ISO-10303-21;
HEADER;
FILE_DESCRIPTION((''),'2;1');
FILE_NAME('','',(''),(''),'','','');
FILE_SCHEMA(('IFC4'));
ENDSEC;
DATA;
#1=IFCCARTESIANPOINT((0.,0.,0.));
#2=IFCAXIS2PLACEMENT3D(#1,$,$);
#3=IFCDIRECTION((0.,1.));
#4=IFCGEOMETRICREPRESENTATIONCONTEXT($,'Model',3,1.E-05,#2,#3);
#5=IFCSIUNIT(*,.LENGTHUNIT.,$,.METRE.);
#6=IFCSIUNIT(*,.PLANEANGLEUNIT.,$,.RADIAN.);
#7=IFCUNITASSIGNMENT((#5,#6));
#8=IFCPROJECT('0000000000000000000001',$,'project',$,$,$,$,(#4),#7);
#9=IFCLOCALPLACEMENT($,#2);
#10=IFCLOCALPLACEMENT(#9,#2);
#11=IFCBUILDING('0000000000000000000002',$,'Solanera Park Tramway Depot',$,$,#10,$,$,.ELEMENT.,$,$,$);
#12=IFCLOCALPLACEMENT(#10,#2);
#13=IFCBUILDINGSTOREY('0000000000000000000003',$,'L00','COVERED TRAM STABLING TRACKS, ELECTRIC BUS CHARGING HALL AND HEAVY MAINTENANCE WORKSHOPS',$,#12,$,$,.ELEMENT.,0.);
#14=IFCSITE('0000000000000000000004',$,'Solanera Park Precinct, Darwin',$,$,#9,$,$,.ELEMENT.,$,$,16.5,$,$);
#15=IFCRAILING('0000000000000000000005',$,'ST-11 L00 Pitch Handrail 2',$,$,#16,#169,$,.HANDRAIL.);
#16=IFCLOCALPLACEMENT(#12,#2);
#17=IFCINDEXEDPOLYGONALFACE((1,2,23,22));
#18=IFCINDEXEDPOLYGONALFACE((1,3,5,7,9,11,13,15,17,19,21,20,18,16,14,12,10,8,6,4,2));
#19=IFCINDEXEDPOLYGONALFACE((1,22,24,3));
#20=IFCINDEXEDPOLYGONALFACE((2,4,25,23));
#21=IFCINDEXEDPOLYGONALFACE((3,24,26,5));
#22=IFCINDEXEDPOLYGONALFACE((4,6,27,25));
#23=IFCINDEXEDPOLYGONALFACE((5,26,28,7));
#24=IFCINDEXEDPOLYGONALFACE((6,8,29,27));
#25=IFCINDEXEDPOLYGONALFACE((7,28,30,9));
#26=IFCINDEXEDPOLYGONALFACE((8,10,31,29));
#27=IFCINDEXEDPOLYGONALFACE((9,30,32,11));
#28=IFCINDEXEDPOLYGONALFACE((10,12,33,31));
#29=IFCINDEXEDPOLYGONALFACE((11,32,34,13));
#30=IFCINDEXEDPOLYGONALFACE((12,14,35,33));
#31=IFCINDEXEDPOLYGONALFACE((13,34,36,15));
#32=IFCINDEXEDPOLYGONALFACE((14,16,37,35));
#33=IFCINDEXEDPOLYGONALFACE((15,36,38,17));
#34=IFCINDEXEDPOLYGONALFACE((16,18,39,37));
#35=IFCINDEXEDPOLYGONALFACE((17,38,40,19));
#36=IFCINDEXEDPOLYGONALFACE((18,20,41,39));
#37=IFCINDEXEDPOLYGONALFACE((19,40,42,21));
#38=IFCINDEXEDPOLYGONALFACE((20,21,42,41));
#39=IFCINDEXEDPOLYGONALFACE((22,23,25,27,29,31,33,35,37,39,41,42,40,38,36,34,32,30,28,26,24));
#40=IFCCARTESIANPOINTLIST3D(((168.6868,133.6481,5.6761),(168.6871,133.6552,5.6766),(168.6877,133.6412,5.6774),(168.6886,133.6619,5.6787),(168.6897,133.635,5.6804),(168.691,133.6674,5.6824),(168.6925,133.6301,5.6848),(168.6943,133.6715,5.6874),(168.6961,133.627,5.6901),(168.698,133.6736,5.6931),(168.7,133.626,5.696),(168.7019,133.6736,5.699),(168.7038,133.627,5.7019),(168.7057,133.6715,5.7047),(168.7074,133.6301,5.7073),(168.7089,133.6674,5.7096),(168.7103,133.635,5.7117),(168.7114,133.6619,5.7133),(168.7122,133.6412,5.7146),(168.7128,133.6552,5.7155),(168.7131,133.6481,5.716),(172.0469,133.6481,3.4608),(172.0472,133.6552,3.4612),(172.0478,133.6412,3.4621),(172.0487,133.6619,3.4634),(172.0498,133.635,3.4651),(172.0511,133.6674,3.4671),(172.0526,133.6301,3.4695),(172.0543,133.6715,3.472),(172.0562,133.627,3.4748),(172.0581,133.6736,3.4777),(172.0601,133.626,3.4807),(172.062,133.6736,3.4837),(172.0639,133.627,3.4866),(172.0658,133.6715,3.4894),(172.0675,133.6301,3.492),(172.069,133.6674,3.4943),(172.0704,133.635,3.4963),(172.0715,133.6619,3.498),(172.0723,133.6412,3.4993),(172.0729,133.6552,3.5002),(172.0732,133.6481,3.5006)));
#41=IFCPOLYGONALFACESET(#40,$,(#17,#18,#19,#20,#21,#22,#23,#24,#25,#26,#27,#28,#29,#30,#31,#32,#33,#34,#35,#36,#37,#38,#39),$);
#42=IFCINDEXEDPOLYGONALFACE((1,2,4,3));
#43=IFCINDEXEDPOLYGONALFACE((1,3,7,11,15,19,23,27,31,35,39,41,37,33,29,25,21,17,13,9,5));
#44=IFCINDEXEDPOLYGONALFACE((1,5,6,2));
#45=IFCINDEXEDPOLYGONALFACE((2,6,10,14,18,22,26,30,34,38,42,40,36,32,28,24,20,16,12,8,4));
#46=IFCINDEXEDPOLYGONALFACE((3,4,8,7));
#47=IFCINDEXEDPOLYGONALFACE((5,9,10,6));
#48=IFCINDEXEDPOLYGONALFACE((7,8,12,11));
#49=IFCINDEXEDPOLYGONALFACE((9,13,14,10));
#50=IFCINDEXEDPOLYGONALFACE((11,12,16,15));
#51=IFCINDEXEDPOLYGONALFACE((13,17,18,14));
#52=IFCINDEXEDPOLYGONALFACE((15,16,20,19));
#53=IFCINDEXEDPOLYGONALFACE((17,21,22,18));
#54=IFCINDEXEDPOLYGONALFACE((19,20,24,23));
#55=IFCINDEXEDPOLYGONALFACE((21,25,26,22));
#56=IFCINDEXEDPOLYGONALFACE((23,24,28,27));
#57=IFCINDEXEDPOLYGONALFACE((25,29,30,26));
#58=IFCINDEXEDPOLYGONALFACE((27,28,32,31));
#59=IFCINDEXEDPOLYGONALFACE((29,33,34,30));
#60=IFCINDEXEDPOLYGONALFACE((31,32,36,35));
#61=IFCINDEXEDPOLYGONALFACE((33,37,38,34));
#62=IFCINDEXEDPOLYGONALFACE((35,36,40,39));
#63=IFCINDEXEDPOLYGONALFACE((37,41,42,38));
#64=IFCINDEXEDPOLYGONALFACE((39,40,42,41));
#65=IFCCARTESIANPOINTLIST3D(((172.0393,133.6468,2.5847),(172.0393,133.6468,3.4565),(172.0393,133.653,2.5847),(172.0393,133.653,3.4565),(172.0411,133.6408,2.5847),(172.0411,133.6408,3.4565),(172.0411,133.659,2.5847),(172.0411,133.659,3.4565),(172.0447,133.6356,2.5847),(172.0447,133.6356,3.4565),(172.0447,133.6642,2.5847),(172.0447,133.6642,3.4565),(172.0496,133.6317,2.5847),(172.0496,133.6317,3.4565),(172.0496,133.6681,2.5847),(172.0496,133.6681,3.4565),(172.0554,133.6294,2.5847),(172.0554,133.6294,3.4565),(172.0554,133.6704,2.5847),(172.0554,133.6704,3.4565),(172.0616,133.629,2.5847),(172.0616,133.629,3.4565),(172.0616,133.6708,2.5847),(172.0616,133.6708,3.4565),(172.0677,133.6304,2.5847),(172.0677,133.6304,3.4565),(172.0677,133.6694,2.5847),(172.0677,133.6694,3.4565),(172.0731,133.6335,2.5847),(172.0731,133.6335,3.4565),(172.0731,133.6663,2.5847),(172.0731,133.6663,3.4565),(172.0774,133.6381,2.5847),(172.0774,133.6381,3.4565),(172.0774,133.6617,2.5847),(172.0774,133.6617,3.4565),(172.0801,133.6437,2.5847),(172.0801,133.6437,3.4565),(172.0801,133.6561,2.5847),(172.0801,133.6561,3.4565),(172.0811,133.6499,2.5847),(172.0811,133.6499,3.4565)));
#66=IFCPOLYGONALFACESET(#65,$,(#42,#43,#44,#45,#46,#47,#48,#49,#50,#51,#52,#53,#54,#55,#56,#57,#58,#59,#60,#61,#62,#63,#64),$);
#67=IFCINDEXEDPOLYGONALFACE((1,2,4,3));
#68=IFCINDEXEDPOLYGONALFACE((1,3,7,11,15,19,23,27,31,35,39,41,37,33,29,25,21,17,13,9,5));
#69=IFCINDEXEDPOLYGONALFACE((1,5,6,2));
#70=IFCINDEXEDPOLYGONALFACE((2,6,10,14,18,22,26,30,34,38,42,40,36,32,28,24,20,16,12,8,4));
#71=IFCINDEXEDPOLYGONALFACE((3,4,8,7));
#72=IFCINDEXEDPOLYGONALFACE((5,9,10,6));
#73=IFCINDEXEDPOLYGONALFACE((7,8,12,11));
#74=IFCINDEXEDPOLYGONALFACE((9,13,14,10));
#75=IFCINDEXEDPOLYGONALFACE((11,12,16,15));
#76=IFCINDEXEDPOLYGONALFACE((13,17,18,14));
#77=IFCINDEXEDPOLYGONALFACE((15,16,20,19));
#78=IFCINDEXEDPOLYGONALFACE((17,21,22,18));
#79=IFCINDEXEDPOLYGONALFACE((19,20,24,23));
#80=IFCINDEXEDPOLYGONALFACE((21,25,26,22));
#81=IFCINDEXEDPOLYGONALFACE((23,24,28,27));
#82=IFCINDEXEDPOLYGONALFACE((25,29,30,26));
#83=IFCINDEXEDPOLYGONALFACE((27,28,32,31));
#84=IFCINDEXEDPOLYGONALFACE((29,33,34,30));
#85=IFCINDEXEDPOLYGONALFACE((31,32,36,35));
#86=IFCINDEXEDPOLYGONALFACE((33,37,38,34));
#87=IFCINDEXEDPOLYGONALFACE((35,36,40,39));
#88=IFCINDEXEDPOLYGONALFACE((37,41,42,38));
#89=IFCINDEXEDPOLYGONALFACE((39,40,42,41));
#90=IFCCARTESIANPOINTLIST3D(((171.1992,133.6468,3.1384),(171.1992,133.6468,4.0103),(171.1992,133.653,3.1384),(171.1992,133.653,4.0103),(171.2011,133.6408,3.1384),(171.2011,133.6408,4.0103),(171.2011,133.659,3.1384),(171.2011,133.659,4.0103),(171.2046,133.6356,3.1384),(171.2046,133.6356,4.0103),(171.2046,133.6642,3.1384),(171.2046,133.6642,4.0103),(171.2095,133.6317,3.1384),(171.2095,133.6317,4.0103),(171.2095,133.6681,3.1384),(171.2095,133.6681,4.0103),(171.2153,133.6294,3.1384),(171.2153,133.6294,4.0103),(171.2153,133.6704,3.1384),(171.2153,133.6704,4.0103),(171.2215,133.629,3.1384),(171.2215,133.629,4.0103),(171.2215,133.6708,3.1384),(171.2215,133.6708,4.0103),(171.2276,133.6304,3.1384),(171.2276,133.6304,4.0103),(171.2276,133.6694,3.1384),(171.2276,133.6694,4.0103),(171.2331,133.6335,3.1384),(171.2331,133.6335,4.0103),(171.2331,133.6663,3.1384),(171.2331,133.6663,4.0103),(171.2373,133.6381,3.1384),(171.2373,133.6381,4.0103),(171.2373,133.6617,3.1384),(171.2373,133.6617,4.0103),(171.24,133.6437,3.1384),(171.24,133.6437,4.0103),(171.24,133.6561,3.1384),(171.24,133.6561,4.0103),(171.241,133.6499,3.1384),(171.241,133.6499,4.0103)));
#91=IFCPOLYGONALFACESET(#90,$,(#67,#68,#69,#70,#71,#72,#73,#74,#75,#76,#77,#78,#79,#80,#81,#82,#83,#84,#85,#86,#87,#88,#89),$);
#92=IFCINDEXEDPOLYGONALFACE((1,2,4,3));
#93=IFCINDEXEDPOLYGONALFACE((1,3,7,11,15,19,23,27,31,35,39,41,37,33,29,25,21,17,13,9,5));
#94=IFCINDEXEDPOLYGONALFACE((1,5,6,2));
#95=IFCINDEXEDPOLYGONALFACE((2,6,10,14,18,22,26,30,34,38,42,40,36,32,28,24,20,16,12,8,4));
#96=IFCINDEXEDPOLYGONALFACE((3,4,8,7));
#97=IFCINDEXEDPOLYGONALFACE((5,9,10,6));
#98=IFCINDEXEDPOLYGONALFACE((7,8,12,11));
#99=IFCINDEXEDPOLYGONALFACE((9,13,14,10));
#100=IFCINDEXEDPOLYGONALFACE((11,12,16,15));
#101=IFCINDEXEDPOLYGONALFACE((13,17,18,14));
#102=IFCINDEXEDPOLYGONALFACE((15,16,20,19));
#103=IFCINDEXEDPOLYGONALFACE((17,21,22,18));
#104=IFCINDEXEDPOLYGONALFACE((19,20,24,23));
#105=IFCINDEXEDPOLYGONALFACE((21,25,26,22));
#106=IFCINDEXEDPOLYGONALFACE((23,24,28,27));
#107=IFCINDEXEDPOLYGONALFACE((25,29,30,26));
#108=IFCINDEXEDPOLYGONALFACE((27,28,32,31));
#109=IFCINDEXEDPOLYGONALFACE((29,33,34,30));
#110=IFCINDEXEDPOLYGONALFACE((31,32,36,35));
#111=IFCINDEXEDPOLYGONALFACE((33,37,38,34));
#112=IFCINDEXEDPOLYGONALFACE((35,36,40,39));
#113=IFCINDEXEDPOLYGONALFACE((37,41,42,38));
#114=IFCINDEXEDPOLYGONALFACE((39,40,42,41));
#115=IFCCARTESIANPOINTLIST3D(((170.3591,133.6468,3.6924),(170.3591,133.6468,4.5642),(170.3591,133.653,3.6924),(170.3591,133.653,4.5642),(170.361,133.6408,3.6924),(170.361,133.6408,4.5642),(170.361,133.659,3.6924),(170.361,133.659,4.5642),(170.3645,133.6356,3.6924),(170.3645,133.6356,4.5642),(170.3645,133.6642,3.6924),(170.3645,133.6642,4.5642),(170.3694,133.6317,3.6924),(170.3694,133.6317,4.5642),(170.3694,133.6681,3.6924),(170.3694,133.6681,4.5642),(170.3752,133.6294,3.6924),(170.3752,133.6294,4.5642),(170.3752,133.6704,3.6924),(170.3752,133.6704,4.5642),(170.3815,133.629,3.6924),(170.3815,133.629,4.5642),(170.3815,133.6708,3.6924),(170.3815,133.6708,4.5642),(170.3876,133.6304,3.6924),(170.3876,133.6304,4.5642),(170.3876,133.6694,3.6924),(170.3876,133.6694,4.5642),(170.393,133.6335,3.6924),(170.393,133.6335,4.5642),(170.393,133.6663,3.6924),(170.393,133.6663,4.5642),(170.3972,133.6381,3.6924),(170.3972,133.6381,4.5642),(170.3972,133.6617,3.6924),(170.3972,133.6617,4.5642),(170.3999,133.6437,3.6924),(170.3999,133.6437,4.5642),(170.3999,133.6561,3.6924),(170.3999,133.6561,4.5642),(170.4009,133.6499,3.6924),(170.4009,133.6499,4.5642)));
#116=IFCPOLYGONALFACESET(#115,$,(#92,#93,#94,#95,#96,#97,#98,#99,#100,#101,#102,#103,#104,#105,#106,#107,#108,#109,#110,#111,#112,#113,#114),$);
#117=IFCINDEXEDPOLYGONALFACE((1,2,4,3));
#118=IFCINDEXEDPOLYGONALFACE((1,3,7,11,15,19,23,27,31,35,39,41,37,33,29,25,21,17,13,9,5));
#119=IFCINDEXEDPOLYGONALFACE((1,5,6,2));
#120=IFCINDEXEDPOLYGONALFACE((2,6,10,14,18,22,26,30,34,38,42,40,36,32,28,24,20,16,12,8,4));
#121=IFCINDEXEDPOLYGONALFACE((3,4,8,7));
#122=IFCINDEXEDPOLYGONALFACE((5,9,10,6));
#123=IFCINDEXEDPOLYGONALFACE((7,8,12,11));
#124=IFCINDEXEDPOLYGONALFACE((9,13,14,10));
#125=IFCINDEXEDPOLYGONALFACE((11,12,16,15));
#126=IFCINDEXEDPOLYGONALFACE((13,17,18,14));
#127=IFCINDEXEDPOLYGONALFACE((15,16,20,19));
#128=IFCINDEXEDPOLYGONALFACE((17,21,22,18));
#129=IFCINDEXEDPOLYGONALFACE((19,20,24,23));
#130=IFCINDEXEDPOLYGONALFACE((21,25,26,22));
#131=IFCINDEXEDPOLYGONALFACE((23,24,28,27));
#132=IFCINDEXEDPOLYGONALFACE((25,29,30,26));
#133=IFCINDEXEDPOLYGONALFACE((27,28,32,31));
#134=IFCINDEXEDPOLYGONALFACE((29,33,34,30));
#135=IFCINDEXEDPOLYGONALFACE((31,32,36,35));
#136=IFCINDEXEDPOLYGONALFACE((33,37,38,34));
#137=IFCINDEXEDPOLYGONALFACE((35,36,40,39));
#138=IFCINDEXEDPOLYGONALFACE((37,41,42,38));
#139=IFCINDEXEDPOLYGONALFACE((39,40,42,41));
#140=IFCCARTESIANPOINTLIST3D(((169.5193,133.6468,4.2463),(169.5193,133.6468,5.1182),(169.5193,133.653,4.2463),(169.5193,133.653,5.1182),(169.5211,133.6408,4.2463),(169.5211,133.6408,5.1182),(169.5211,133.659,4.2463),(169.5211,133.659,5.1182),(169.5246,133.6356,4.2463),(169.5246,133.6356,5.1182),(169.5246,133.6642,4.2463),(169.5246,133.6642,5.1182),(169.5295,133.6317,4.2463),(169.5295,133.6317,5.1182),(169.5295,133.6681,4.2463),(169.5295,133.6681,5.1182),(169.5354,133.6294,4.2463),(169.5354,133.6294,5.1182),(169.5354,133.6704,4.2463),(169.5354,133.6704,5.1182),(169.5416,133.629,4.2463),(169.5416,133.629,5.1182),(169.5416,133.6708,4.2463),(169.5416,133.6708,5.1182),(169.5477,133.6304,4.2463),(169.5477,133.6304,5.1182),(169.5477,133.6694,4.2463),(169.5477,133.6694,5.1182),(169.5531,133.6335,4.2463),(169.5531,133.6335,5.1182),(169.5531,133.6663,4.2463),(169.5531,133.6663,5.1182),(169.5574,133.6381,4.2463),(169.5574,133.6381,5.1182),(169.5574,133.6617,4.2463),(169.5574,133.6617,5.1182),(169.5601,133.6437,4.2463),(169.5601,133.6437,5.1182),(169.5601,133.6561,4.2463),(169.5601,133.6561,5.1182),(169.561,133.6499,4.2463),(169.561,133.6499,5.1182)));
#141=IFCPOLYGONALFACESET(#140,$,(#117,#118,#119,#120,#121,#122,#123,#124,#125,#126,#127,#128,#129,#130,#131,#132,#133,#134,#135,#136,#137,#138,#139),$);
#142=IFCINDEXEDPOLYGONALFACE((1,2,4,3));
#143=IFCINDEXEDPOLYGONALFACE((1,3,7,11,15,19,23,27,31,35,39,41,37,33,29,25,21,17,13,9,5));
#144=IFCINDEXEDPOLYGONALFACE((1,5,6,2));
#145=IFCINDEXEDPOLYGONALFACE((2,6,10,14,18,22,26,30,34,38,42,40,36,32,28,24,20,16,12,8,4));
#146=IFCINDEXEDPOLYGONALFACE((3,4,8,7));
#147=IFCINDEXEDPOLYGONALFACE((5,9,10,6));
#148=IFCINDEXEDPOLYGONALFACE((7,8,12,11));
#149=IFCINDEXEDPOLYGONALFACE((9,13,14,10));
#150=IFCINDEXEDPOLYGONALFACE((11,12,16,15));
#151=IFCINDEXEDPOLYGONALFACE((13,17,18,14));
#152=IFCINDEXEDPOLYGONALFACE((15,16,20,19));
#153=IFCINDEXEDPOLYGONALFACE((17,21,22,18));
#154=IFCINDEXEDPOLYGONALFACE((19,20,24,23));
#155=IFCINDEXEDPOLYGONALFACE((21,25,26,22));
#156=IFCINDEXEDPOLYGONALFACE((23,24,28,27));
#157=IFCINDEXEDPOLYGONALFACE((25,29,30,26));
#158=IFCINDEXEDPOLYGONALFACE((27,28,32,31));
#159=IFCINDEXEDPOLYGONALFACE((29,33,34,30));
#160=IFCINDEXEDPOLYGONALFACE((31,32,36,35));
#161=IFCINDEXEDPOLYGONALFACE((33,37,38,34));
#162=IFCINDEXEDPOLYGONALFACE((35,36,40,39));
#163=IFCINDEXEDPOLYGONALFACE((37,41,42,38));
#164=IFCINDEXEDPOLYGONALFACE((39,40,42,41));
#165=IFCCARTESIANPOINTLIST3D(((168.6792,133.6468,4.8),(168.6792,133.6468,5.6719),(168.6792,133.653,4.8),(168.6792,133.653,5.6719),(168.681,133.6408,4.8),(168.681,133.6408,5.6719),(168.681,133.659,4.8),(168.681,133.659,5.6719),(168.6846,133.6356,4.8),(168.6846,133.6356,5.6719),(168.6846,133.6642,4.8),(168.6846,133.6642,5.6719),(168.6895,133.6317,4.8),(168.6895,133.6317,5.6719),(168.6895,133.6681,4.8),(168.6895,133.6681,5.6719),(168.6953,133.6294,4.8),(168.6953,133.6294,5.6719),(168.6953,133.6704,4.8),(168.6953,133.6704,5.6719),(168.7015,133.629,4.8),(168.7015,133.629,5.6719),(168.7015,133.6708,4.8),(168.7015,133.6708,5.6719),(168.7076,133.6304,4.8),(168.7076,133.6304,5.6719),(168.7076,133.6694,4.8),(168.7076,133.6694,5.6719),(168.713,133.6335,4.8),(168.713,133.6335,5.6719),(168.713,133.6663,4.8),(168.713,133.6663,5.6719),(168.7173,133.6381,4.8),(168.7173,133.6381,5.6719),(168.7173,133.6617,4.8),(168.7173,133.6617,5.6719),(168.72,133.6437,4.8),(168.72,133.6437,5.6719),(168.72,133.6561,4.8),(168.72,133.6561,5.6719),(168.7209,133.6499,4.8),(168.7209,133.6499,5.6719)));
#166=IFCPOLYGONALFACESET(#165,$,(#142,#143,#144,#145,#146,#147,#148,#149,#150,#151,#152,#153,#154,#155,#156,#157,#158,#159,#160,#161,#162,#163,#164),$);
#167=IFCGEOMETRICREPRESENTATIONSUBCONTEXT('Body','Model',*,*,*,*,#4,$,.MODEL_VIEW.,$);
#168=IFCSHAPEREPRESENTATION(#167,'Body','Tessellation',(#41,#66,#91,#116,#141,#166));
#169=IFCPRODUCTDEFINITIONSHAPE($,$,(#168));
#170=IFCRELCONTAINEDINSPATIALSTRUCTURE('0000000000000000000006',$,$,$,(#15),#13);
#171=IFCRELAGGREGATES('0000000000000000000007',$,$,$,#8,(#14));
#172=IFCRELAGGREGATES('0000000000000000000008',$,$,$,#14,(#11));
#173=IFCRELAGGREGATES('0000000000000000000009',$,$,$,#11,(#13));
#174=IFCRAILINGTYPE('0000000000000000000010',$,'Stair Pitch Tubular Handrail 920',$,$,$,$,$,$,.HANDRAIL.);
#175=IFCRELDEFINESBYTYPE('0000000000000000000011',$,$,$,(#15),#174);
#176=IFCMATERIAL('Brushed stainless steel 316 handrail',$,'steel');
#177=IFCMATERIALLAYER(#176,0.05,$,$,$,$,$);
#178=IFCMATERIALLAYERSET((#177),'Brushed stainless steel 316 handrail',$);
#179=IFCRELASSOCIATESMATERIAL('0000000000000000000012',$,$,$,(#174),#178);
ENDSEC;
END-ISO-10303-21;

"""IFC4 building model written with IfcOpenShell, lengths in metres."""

from ifc_helpers import new_model, si_unit, direction, frame, origin, origin_2d, place, context, subcontext, project, spatial, circle, extrude, material, layer, layer_set, type_object, element, save


model = new_model("IFC4")

# Units and contexts
model_context = context("Model", 3, precision=1e-05, world=origin(), true_north=direction((0.0, 1.0)))
body_context = subcontext(model_context, "Body", "Model", "MODEL_VIEW")
ifc_project = project(units=[si_unit("LENGTHUNIT", "METRE"), si_unit("PLANEANGLEUNIT", "RADIAN")], contexts=[model_context])

# Site, building, storey
site_placement = place(None, origin())
site = spatial("IfcSite", under=ifc_project, at=site_placement, Name="Solanera Park Precinct, Darwin", CompositionType="ELEMENT", RefElevation=16.5)
building_placement = place(site_placement, origin())
building = spatial("IfcBuilding", under=site, at=building_placement, Name="Solanera Park Tramway Depot", CompositionType="ELEMENT")
storey_placement = place(building_placement, origin())
storey = spatial("IfcBuildingStorey", under=building, at=storey_placement, Name="L00", Description="COVERED TRAM STABLING TRACKS, ELECTRIC BUS CHARGING HALL AND HEAVY MAINTENANCE WORKSHOPS", CompositionType="ELEMENT", Elevation=0.0)

# Railing
ifc_material_1 = material(Name="Brushed stainless steel 316 handrail", Category="steel")
ifc_layer_1 = layer(ifc_material_1, 0.05)
ifc_layer_set_1 = layer_set([ifc_layer_1], Name="Brushed stainless steel 316 handrail")
railing_type_1 = type_object("IfcRailingType", Name="Stair Pitch Tubular Handrail 920", PredefinedType="HANDRAIL", material=ifc_layer_set_1)
railing_1_placement = place(storey_placement, frame((172.0601, 133.6499, 2.5847)))
element("IfcRailing", 1, at=railing_1_placement, inside=storey, type_object=railing_type_1, Name="ST-11 L00 Pitch Handrail 2", PredefinedType="HANDRAIL", context=body_context, shape_type="SweptSolid", body=[
    extrude(circle(Radius=0.0239, at=origin_2d()), frame((0.0, 0.0, 0.896), z_axis=(-0.834876, 0.0, 0.550437), x_axis=(0.0, -1.0, 0.0)), (0.0, 0.0, 1.0), 4.0247),
    extrude(circle(Radius=0.021, at=origin_2d()), origin(), (0.0, 0.0, 1.0), 0.8718),
    extrude(circle(Radius=0.021, at=origin_2d()), frame((-0.8401, 0.0, 0.5537)), (0.0, 0.0, 1.0), 0.8718),
    extrude(circle(Radius=0.021, at=origin_2d()), frame((-1.6802, 0.0, 1.1077)), (0.0, 0.0, 1.0), 0.8718),
    extrude(circle(Radius=0.021, at=origin_2d()), frame((-2.52, 0.0, 1.6616)), (0.0, 0.0, 1.0), 0.8718),
    extrude(circle(Radius=0.021, at=origin_2d()), frame((-3.3601, 0.0, 2.2153)), (0.0, 0.0, 1.0), 0.8718),
])

save(model, "model.ifc")
